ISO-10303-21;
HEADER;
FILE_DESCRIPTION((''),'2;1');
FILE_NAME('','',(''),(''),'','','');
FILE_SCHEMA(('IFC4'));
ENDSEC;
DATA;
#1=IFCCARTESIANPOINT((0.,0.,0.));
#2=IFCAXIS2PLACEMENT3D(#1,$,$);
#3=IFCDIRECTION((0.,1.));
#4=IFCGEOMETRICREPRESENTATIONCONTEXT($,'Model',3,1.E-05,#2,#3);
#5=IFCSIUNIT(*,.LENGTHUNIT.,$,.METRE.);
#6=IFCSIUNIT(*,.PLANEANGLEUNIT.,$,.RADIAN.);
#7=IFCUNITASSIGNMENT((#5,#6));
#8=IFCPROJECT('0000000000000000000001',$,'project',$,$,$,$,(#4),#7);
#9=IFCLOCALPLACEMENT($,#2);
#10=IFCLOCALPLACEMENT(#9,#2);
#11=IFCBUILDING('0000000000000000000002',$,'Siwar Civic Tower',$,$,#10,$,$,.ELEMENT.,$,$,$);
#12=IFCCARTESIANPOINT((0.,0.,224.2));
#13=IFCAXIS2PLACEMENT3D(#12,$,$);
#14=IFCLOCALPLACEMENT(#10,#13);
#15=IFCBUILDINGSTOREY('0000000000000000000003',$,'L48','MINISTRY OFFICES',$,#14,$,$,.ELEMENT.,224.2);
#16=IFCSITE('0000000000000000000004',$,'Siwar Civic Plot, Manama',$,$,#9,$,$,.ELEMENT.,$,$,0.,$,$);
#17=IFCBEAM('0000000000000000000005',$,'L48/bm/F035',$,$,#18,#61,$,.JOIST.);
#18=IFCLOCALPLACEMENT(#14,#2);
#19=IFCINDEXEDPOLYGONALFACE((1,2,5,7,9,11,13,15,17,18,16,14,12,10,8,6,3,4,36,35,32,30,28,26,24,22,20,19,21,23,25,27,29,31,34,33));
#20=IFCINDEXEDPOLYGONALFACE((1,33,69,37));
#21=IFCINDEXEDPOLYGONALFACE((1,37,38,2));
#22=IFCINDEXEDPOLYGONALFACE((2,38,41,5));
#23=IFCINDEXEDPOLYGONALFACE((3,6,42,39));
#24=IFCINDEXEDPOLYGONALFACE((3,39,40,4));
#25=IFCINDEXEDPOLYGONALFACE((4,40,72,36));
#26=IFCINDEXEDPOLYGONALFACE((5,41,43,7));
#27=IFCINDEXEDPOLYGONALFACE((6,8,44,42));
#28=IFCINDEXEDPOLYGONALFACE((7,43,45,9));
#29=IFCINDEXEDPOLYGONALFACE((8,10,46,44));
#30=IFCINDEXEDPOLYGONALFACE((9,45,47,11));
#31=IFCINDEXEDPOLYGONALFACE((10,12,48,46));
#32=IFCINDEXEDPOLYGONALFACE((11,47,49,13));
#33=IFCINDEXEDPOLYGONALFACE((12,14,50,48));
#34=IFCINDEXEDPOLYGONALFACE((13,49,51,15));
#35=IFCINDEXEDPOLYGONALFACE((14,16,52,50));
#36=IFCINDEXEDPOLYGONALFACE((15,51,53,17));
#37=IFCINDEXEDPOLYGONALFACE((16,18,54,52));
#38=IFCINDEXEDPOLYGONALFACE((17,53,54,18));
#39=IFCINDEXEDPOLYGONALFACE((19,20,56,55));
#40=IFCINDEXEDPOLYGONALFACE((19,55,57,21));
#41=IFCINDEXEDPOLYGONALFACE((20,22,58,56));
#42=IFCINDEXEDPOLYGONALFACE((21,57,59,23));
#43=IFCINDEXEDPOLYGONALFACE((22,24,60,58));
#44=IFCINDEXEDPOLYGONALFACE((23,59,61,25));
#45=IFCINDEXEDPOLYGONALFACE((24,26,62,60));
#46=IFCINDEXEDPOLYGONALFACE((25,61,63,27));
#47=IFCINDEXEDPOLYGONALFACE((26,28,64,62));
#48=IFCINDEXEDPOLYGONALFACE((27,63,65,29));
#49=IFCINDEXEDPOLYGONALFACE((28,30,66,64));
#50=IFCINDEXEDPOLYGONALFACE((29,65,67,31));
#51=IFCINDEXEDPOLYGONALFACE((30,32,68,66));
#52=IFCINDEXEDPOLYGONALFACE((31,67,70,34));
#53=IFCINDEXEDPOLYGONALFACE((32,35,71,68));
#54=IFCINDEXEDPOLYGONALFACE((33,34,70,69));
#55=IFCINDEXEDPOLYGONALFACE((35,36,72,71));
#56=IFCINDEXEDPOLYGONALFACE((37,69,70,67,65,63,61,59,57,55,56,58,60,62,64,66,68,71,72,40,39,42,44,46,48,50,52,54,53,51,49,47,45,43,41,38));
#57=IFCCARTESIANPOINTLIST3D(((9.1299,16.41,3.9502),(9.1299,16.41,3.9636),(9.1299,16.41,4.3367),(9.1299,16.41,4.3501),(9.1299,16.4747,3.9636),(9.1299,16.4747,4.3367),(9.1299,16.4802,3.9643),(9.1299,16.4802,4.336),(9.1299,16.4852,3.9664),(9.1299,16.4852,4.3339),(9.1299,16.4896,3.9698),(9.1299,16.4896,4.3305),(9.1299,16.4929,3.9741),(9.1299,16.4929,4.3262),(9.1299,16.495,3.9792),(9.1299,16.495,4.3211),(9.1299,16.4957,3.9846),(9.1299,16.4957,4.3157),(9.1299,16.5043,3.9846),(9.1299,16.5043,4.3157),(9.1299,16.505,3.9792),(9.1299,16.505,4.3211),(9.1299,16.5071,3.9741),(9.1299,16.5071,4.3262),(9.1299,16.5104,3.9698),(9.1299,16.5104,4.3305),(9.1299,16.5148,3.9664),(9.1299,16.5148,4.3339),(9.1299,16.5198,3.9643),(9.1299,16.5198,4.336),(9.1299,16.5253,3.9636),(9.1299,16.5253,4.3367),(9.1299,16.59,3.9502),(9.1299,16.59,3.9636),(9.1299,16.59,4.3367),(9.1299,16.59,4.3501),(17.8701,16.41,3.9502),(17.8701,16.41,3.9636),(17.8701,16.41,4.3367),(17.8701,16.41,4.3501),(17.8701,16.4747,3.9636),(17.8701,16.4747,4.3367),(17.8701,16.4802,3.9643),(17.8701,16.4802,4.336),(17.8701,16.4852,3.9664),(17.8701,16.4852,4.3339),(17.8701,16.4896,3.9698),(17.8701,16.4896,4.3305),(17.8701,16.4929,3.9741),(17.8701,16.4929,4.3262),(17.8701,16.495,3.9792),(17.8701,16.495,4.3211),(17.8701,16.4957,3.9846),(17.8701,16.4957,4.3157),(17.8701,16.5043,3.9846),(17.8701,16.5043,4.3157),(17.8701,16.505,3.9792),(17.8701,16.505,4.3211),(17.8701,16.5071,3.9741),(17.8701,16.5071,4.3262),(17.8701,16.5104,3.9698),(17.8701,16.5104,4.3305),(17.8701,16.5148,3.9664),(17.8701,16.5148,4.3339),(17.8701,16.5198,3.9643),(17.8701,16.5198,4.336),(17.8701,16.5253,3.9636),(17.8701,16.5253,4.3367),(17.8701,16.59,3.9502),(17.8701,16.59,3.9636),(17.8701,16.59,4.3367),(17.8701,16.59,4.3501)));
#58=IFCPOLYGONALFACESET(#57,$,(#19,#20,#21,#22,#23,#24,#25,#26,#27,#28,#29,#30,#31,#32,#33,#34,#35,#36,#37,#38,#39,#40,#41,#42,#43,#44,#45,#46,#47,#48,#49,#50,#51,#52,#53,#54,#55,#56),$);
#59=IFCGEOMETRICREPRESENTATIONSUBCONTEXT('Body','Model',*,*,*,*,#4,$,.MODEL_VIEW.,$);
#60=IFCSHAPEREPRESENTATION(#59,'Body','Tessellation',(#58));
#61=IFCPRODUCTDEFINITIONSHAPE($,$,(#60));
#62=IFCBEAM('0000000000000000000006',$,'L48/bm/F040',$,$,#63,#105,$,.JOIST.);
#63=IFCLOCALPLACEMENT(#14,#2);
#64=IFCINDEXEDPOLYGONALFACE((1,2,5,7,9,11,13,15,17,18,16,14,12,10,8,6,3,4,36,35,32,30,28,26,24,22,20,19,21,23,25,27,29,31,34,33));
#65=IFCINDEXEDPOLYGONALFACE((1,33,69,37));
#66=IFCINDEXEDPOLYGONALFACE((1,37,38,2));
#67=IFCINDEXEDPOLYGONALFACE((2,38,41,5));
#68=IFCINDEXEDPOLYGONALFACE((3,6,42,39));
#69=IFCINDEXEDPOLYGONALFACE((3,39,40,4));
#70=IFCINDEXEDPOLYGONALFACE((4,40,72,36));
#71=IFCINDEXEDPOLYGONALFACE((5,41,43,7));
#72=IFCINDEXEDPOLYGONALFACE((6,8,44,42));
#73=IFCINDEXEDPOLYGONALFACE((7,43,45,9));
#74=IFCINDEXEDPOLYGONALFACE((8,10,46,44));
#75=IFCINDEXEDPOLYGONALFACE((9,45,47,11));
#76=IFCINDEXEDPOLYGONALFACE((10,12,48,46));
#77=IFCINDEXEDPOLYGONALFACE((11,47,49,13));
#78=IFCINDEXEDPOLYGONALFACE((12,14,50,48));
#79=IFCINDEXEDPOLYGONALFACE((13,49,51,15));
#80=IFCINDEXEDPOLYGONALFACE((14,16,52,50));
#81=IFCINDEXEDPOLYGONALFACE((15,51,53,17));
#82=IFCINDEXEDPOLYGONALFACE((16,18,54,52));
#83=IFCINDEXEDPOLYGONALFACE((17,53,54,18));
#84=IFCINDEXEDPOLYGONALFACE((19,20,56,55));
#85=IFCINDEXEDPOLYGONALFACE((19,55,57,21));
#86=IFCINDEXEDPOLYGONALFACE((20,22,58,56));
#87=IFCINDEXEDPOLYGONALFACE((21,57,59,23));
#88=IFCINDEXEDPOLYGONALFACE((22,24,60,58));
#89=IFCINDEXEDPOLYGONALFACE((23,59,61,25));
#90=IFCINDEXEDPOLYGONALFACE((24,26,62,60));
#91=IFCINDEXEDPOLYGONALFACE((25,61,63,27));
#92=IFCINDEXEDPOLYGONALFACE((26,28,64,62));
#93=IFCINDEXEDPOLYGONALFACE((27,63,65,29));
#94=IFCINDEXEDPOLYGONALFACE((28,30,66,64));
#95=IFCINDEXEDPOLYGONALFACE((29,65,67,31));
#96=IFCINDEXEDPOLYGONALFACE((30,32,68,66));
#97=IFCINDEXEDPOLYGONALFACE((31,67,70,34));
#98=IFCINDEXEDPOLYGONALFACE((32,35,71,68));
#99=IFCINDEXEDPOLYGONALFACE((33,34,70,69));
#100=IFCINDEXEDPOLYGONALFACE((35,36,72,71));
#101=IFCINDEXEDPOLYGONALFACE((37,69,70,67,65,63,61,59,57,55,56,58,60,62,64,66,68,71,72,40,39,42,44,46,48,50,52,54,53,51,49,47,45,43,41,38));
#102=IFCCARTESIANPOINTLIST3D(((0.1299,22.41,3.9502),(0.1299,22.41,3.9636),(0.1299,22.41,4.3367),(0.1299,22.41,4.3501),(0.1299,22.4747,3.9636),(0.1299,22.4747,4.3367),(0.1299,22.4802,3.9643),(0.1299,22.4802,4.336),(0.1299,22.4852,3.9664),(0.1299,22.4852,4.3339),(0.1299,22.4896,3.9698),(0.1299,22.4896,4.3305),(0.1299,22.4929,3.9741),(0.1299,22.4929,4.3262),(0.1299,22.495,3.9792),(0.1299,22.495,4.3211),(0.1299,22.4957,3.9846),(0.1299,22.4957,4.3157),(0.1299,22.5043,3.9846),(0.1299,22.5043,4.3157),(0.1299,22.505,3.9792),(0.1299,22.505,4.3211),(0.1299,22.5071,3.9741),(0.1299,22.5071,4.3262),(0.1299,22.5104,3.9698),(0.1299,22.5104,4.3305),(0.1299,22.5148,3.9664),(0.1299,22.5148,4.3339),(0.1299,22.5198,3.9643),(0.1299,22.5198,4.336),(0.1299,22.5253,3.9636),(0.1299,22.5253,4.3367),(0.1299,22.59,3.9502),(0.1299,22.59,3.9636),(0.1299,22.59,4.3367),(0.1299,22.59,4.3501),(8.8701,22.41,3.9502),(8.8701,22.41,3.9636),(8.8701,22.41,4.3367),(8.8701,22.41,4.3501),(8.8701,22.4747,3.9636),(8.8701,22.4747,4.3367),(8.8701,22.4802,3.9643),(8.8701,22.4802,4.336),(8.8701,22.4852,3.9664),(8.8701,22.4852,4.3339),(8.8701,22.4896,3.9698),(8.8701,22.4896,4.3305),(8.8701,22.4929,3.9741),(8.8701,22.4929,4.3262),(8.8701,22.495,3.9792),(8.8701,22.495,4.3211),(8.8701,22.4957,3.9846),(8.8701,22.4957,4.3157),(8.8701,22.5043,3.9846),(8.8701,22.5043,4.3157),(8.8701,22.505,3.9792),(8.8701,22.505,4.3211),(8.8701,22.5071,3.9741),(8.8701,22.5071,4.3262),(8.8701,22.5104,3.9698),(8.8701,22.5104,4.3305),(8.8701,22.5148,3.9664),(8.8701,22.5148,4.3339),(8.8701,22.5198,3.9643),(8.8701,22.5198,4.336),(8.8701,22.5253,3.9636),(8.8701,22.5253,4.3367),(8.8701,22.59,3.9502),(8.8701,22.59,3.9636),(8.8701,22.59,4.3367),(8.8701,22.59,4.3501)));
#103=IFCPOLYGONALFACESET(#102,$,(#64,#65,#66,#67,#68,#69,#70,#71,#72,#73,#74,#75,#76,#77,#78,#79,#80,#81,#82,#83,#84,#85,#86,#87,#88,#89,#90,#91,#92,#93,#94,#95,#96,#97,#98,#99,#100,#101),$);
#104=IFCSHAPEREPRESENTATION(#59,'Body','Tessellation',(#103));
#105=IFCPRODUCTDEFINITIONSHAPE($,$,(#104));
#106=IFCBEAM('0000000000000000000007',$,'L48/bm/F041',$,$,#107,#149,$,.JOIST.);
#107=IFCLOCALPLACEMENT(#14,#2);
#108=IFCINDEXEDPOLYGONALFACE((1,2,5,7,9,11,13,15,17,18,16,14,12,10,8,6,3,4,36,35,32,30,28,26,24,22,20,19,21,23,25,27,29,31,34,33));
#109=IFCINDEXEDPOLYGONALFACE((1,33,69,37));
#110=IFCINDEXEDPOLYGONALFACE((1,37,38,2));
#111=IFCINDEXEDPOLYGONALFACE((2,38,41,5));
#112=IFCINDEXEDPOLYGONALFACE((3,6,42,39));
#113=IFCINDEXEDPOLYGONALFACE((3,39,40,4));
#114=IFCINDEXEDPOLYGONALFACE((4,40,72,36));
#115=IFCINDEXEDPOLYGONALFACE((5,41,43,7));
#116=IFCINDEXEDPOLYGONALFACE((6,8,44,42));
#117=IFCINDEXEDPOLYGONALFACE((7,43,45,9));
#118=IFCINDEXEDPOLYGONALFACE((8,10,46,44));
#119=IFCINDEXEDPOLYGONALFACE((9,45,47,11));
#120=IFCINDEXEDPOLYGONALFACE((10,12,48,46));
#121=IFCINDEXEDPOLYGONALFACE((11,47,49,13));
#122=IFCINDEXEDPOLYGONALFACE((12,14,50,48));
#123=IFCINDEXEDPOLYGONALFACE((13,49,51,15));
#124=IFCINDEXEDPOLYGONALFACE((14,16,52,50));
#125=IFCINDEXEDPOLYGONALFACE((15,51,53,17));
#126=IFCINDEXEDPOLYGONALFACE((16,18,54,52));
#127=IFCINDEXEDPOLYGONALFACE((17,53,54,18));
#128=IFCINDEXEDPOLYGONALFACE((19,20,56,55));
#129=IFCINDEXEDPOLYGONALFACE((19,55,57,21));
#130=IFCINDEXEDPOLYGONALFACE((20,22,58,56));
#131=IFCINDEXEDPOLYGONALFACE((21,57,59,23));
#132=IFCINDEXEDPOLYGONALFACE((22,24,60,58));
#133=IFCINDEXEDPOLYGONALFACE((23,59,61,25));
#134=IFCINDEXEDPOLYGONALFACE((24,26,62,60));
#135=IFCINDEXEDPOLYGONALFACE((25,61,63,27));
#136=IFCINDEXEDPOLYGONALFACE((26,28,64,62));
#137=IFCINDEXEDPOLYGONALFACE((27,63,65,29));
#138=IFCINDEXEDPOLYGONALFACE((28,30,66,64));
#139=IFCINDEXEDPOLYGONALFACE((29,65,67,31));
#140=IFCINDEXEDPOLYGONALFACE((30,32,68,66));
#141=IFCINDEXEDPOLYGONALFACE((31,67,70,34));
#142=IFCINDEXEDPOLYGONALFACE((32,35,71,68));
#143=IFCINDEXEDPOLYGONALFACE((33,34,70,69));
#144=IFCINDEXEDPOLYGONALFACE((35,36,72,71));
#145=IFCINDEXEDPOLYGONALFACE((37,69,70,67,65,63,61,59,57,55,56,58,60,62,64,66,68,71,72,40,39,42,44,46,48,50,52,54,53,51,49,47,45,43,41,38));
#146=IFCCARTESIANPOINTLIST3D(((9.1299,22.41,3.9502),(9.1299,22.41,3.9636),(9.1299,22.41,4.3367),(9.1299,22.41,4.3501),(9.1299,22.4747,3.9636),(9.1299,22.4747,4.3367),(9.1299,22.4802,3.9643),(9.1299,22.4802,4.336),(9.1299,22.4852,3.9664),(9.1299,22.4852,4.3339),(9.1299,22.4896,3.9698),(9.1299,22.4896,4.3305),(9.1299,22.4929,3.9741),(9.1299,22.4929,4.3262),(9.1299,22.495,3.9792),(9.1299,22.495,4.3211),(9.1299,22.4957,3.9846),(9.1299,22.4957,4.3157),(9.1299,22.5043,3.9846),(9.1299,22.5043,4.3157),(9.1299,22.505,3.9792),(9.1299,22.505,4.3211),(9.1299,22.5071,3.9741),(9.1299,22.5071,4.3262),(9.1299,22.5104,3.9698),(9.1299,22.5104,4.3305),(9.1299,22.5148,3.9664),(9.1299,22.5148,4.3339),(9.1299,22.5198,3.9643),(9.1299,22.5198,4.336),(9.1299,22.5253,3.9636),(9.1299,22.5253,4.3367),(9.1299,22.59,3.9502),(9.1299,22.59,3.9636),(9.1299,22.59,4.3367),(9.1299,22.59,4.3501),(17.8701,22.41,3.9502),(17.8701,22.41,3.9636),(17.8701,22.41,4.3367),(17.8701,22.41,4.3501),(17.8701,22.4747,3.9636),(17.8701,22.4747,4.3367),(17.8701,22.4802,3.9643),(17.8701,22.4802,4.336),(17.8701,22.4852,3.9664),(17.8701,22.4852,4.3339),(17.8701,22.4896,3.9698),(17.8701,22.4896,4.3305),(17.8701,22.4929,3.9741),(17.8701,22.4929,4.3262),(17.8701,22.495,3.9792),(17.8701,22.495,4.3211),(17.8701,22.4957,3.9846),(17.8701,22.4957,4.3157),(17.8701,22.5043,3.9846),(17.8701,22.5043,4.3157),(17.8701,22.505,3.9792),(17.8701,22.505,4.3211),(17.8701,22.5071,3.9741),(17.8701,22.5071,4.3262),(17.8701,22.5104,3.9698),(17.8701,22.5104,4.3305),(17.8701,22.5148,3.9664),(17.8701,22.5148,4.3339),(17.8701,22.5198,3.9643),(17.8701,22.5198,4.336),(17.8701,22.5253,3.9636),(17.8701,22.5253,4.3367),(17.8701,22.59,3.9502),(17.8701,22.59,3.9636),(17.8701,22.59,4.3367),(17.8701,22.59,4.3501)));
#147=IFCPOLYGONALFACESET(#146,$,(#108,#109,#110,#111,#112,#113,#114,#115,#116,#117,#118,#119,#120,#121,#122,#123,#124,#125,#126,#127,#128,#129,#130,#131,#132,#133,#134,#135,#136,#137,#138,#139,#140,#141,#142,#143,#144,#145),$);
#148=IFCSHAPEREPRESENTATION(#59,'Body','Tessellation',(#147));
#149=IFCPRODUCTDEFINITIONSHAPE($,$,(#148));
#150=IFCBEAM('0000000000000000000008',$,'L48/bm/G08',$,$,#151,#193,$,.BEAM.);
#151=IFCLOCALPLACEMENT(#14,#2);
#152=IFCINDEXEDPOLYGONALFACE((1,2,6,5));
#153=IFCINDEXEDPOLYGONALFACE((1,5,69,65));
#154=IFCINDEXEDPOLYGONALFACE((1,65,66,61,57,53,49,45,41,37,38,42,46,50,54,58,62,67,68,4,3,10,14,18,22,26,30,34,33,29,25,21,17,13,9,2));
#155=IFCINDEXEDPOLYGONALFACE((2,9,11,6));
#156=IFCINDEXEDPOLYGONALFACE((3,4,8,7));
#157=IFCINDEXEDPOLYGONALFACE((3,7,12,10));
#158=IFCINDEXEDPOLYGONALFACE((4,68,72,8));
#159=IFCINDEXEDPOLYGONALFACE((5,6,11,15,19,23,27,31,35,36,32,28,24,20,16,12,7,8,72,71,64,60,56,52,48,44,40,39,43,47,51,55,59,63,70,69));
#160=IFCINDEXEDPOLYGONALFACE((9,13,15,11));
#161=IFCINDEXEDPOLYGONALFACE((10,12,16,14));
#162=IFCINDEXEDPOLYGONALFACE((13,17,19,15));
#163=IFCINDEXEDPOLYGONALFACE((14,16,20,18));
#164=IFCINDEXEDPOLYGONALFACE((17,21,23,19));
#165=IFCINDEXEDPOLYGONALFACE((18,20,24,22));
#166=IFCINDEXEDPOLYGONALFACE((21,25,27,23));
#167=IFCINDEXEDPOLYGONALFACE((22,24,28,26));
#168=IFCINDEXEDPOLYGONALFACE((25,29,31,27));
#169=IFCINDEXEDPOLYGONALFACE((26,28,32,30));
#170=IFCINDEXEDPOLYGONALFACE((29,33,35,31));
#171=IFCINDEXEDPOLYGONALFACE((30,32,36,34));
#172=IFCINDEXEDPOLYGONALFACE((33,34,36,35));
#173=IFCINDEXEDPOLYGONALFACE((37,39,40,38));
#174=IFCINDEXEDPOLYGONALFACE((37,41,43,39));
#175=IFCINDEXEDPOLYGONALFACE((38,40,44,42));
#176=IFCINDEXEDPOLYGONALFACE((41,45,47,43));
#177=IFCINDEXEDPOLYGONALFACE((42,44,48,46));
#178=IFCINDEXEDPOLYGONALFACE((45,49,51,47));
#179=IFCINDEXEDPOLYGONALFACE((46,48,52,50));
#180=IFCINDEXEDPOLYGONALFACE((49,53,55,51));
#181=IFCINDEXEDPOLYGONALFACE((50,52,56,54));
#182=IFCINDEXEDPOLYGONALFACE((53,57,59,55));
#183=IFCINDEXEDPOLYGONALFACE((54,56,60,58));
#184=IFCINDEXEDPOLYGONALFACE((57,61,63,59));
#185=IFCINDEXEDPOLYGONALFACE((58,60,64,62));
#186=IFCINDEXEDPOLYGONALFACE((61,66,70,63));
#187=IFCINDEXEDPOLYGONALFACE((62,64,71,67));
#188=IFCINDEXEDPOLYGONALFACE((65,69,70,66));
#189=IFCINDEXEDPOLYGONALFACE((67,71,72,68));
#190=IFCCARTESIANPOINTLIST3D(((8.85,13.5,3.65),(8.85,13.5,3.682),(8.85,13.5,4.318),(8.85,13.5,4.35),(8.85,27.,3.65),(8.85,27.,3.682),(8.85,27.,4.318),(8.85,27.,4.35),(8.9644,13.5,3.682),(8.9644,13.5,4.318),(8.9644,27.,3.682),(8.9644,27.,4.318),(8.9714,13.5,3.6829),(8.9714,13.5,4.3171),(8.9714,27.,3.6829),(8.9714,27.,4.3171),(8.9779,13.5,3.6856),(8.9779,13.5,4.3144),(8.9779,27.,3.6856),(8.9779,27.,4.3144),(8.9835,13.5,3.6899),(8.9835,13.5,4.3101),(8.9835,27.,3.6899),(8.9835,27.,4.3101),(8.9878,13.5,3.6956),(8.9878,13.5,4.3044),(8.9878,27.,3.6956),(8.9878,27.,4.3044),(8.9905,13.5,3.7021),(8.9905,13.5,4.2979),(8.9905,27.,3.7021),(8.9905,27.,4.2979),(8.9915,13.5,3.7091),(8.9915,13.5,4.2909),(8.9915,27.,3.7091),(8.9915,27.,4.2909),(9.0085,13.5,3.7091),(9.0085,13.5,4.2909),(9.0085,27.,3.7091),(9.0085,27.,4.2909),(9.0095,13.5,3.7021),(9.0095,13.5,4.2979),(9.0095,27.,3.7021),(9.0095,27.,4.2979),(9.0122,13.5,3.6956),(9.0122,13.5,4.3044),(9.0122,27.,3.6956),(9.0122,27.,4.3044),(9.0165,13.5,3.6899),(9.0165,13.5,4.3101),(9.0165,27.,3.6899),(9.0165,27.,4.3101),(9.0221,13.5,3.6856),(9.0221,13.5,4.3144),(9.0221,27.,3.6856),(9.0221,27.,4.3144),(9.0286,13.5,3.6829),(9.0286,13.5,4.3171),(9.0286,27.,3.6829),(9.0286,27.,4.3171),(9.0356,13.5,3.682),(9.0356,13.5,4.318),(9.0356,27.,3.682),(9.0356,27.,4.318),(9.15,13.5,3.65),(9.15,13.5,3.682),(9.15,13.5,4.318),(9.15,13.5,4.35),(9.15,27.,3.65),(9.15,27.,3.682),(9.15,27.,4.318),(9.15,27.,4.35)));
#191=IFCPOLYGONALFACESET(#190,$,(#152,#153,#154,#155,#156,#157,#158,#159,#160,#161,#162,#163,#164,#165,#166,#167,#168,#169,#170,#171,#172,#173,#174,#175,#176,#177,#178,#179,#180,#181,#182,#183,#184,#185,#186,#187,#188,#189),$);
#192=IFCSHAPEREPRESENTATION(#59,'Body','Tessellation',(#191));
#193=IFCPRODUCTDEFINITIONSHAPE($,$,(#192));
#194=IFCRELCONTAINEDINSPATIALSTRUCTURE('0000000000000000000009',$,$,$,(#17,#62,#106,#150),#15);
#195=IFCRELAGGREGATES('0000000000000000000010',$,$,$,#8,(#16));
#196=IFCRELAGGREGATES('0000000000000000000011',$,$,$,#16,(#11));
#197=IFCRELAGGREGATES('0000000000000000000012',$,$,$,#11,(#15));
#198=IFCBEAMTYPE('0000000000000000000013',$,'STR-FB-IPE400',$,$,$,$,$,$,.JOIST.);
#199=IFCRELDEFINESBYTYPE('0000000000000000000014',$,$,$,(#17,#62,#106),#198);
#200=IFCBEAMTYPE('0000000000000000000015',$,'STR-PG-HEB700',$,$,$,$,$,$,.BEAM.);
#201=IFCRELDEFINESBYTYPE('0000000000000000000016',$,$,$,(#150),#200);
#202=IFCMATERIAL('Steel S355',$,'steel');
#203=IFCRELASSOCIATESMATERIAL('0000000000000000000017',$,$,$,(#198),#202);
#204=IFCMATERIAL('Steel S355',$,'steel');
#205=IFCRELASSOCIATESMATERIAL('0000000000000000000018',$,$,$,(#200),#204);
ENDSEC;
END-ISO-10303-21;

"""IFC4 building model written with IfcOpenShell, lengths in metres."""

from ifc_helpers import new_model, si_unit, direction, frame, origin, origin_2d, place, context, subcontext, project, spatial, i_section, extrude, material, material_profile, profile_set, type_object, element, save


model = new_model("IFC4")

# Units and contexts
model_context = context("Model", 3, precision=1e-05, world=origin(), true_north=direction((0.0, 1.0)))
body_context = subcontext(model_context, "Body", "Model", "MODEL_VIEW")
ifc_project = project(units=[si_unit("LENGTHUNIT", "METRE"), si_unit("PLANEANGLEUNIT", "RADIAN")], contexts=[model_context])

# Site, building, storey
site_placement = place(None, origin())
site = spatial("IfcSite", under=ifc_project, at=site_placement, Name="Siwar Civic Plot, Manama", CompositionType="ELEMENT", RefElevation=0.0)
building_placement = place(site_placement, origin())
building = spatial("IfcBuilding", under=site, at=building_placement, Name="Siwar Civic Tower", CompositionType="ELEMENT")
storey_placement = place(building_placement, frame((0.0, 0.0, 224.2)))
storey = spatial("IfcBuildingStorey", under=building, at=storey_placement, Name="L48", Description="MINISTRY OFFICES", CompositionType="ELEMENT", Elevation=224.2)

# Beams
ifc_material_1 = material(Name="Steel S355", Category="steel")
ifc_material_profile_1 = material_profile(ifc_material_1, i_section(OverallWidth=0.1799, OverallDepth=0.3999, WebThickness=0.0085, FlangeThickness=0.0134, FilletRadius=0.021, at=origin_2d()), Name="IPE400")
ifc_profile_set_1 = profile_set([ifc_material_profile_1], Name="Steel S355")
beam_type_1 = type_object("IfcBeamType", Name="STR-FB-IPE400", PredefinedType="JOIST", material=ifc_profile_set_1)
for number, where, z_axis, x_axis, name in (
    (1, (9.1299, 16.5, 4.1501), (1.0, 0.0, 0.0), (0.0, 1.0, 0.0), "L48/bm/F035"),
    (2, (0.1299, 22.5, 4.1501), (1.0, 0.0, 0.0), (0.0, 1.0, 0.0), "L48/bm/F040"),
    (3, (9.1299, 22.5, 4.1501), (1.0, 0.0, 0.0), (0.0, 1.0, 0.0), "L48/bm/F041"),
):
    element("IfcBeam", number, at=place(storey_placement, frame(where, z_axis=z_axis, x_axis=x_axis)), inside=storey, type_object=beam_type_1, Name=name, PredefinedType="JOIST", context=body_context, shape_type="SweptSolid", body=[
        extrude(i_section(OverallWidth=0.1799, OverallDepth=0.3999, WebThickness=0.0085, FlangeThickness=0.0134, FilletRadius=0.021, at=origin_2d()), origin(), (0.0, 0.0, 1.0), 8.7402),
    ])
ifc_material_2 = material(Name="Steel S355", Category="steel")
ifc_material_profile_2 = material_profile(ifc_material_2, i_section(OverallWidth=0.3, OverallDepth=0.7, WebThickness=0.0171, FlangeThickness=0.032, FilletRadius=0.0271, at=origin_2d()), Name="HEB700")
ifc_profile_set_2 = profile_set([ifc_material_profile_2], Name="Steel S355")
beam_type_2 = type_object("IfcBeamType", Name="STR-PG-HEB700", PredefinedType="BEAM", material=ifc_profile_set_2)
for number, where, z_axis, x_axis, name in (
    (4, (9.0, 13.5, 4.0), (0.0, 1.0, 0.0), (-1.0, 0.0, 0.0), "L48/bm/G08"),
):
    element("IfcBeam", number, at=place(storey_placement, frame(where, z_axis=z_axis, x_axis=x_axis)), inside=storey, type_object=beam_type_2, Name=name, PredefinedType="BEAM", context=body_context, shape_type="SweptSolid", body=[
        extrude(i_section(OverallWidth=0.3, OverallDepth=0.7, WebThickness=0.0171, FlangeThickness=0.032, FilletRadius=0.0271, at=origin_2d()), origin(), (0.0, 0.0, 1.0), 13.5),
    ])

save(model, "model.ifc")
